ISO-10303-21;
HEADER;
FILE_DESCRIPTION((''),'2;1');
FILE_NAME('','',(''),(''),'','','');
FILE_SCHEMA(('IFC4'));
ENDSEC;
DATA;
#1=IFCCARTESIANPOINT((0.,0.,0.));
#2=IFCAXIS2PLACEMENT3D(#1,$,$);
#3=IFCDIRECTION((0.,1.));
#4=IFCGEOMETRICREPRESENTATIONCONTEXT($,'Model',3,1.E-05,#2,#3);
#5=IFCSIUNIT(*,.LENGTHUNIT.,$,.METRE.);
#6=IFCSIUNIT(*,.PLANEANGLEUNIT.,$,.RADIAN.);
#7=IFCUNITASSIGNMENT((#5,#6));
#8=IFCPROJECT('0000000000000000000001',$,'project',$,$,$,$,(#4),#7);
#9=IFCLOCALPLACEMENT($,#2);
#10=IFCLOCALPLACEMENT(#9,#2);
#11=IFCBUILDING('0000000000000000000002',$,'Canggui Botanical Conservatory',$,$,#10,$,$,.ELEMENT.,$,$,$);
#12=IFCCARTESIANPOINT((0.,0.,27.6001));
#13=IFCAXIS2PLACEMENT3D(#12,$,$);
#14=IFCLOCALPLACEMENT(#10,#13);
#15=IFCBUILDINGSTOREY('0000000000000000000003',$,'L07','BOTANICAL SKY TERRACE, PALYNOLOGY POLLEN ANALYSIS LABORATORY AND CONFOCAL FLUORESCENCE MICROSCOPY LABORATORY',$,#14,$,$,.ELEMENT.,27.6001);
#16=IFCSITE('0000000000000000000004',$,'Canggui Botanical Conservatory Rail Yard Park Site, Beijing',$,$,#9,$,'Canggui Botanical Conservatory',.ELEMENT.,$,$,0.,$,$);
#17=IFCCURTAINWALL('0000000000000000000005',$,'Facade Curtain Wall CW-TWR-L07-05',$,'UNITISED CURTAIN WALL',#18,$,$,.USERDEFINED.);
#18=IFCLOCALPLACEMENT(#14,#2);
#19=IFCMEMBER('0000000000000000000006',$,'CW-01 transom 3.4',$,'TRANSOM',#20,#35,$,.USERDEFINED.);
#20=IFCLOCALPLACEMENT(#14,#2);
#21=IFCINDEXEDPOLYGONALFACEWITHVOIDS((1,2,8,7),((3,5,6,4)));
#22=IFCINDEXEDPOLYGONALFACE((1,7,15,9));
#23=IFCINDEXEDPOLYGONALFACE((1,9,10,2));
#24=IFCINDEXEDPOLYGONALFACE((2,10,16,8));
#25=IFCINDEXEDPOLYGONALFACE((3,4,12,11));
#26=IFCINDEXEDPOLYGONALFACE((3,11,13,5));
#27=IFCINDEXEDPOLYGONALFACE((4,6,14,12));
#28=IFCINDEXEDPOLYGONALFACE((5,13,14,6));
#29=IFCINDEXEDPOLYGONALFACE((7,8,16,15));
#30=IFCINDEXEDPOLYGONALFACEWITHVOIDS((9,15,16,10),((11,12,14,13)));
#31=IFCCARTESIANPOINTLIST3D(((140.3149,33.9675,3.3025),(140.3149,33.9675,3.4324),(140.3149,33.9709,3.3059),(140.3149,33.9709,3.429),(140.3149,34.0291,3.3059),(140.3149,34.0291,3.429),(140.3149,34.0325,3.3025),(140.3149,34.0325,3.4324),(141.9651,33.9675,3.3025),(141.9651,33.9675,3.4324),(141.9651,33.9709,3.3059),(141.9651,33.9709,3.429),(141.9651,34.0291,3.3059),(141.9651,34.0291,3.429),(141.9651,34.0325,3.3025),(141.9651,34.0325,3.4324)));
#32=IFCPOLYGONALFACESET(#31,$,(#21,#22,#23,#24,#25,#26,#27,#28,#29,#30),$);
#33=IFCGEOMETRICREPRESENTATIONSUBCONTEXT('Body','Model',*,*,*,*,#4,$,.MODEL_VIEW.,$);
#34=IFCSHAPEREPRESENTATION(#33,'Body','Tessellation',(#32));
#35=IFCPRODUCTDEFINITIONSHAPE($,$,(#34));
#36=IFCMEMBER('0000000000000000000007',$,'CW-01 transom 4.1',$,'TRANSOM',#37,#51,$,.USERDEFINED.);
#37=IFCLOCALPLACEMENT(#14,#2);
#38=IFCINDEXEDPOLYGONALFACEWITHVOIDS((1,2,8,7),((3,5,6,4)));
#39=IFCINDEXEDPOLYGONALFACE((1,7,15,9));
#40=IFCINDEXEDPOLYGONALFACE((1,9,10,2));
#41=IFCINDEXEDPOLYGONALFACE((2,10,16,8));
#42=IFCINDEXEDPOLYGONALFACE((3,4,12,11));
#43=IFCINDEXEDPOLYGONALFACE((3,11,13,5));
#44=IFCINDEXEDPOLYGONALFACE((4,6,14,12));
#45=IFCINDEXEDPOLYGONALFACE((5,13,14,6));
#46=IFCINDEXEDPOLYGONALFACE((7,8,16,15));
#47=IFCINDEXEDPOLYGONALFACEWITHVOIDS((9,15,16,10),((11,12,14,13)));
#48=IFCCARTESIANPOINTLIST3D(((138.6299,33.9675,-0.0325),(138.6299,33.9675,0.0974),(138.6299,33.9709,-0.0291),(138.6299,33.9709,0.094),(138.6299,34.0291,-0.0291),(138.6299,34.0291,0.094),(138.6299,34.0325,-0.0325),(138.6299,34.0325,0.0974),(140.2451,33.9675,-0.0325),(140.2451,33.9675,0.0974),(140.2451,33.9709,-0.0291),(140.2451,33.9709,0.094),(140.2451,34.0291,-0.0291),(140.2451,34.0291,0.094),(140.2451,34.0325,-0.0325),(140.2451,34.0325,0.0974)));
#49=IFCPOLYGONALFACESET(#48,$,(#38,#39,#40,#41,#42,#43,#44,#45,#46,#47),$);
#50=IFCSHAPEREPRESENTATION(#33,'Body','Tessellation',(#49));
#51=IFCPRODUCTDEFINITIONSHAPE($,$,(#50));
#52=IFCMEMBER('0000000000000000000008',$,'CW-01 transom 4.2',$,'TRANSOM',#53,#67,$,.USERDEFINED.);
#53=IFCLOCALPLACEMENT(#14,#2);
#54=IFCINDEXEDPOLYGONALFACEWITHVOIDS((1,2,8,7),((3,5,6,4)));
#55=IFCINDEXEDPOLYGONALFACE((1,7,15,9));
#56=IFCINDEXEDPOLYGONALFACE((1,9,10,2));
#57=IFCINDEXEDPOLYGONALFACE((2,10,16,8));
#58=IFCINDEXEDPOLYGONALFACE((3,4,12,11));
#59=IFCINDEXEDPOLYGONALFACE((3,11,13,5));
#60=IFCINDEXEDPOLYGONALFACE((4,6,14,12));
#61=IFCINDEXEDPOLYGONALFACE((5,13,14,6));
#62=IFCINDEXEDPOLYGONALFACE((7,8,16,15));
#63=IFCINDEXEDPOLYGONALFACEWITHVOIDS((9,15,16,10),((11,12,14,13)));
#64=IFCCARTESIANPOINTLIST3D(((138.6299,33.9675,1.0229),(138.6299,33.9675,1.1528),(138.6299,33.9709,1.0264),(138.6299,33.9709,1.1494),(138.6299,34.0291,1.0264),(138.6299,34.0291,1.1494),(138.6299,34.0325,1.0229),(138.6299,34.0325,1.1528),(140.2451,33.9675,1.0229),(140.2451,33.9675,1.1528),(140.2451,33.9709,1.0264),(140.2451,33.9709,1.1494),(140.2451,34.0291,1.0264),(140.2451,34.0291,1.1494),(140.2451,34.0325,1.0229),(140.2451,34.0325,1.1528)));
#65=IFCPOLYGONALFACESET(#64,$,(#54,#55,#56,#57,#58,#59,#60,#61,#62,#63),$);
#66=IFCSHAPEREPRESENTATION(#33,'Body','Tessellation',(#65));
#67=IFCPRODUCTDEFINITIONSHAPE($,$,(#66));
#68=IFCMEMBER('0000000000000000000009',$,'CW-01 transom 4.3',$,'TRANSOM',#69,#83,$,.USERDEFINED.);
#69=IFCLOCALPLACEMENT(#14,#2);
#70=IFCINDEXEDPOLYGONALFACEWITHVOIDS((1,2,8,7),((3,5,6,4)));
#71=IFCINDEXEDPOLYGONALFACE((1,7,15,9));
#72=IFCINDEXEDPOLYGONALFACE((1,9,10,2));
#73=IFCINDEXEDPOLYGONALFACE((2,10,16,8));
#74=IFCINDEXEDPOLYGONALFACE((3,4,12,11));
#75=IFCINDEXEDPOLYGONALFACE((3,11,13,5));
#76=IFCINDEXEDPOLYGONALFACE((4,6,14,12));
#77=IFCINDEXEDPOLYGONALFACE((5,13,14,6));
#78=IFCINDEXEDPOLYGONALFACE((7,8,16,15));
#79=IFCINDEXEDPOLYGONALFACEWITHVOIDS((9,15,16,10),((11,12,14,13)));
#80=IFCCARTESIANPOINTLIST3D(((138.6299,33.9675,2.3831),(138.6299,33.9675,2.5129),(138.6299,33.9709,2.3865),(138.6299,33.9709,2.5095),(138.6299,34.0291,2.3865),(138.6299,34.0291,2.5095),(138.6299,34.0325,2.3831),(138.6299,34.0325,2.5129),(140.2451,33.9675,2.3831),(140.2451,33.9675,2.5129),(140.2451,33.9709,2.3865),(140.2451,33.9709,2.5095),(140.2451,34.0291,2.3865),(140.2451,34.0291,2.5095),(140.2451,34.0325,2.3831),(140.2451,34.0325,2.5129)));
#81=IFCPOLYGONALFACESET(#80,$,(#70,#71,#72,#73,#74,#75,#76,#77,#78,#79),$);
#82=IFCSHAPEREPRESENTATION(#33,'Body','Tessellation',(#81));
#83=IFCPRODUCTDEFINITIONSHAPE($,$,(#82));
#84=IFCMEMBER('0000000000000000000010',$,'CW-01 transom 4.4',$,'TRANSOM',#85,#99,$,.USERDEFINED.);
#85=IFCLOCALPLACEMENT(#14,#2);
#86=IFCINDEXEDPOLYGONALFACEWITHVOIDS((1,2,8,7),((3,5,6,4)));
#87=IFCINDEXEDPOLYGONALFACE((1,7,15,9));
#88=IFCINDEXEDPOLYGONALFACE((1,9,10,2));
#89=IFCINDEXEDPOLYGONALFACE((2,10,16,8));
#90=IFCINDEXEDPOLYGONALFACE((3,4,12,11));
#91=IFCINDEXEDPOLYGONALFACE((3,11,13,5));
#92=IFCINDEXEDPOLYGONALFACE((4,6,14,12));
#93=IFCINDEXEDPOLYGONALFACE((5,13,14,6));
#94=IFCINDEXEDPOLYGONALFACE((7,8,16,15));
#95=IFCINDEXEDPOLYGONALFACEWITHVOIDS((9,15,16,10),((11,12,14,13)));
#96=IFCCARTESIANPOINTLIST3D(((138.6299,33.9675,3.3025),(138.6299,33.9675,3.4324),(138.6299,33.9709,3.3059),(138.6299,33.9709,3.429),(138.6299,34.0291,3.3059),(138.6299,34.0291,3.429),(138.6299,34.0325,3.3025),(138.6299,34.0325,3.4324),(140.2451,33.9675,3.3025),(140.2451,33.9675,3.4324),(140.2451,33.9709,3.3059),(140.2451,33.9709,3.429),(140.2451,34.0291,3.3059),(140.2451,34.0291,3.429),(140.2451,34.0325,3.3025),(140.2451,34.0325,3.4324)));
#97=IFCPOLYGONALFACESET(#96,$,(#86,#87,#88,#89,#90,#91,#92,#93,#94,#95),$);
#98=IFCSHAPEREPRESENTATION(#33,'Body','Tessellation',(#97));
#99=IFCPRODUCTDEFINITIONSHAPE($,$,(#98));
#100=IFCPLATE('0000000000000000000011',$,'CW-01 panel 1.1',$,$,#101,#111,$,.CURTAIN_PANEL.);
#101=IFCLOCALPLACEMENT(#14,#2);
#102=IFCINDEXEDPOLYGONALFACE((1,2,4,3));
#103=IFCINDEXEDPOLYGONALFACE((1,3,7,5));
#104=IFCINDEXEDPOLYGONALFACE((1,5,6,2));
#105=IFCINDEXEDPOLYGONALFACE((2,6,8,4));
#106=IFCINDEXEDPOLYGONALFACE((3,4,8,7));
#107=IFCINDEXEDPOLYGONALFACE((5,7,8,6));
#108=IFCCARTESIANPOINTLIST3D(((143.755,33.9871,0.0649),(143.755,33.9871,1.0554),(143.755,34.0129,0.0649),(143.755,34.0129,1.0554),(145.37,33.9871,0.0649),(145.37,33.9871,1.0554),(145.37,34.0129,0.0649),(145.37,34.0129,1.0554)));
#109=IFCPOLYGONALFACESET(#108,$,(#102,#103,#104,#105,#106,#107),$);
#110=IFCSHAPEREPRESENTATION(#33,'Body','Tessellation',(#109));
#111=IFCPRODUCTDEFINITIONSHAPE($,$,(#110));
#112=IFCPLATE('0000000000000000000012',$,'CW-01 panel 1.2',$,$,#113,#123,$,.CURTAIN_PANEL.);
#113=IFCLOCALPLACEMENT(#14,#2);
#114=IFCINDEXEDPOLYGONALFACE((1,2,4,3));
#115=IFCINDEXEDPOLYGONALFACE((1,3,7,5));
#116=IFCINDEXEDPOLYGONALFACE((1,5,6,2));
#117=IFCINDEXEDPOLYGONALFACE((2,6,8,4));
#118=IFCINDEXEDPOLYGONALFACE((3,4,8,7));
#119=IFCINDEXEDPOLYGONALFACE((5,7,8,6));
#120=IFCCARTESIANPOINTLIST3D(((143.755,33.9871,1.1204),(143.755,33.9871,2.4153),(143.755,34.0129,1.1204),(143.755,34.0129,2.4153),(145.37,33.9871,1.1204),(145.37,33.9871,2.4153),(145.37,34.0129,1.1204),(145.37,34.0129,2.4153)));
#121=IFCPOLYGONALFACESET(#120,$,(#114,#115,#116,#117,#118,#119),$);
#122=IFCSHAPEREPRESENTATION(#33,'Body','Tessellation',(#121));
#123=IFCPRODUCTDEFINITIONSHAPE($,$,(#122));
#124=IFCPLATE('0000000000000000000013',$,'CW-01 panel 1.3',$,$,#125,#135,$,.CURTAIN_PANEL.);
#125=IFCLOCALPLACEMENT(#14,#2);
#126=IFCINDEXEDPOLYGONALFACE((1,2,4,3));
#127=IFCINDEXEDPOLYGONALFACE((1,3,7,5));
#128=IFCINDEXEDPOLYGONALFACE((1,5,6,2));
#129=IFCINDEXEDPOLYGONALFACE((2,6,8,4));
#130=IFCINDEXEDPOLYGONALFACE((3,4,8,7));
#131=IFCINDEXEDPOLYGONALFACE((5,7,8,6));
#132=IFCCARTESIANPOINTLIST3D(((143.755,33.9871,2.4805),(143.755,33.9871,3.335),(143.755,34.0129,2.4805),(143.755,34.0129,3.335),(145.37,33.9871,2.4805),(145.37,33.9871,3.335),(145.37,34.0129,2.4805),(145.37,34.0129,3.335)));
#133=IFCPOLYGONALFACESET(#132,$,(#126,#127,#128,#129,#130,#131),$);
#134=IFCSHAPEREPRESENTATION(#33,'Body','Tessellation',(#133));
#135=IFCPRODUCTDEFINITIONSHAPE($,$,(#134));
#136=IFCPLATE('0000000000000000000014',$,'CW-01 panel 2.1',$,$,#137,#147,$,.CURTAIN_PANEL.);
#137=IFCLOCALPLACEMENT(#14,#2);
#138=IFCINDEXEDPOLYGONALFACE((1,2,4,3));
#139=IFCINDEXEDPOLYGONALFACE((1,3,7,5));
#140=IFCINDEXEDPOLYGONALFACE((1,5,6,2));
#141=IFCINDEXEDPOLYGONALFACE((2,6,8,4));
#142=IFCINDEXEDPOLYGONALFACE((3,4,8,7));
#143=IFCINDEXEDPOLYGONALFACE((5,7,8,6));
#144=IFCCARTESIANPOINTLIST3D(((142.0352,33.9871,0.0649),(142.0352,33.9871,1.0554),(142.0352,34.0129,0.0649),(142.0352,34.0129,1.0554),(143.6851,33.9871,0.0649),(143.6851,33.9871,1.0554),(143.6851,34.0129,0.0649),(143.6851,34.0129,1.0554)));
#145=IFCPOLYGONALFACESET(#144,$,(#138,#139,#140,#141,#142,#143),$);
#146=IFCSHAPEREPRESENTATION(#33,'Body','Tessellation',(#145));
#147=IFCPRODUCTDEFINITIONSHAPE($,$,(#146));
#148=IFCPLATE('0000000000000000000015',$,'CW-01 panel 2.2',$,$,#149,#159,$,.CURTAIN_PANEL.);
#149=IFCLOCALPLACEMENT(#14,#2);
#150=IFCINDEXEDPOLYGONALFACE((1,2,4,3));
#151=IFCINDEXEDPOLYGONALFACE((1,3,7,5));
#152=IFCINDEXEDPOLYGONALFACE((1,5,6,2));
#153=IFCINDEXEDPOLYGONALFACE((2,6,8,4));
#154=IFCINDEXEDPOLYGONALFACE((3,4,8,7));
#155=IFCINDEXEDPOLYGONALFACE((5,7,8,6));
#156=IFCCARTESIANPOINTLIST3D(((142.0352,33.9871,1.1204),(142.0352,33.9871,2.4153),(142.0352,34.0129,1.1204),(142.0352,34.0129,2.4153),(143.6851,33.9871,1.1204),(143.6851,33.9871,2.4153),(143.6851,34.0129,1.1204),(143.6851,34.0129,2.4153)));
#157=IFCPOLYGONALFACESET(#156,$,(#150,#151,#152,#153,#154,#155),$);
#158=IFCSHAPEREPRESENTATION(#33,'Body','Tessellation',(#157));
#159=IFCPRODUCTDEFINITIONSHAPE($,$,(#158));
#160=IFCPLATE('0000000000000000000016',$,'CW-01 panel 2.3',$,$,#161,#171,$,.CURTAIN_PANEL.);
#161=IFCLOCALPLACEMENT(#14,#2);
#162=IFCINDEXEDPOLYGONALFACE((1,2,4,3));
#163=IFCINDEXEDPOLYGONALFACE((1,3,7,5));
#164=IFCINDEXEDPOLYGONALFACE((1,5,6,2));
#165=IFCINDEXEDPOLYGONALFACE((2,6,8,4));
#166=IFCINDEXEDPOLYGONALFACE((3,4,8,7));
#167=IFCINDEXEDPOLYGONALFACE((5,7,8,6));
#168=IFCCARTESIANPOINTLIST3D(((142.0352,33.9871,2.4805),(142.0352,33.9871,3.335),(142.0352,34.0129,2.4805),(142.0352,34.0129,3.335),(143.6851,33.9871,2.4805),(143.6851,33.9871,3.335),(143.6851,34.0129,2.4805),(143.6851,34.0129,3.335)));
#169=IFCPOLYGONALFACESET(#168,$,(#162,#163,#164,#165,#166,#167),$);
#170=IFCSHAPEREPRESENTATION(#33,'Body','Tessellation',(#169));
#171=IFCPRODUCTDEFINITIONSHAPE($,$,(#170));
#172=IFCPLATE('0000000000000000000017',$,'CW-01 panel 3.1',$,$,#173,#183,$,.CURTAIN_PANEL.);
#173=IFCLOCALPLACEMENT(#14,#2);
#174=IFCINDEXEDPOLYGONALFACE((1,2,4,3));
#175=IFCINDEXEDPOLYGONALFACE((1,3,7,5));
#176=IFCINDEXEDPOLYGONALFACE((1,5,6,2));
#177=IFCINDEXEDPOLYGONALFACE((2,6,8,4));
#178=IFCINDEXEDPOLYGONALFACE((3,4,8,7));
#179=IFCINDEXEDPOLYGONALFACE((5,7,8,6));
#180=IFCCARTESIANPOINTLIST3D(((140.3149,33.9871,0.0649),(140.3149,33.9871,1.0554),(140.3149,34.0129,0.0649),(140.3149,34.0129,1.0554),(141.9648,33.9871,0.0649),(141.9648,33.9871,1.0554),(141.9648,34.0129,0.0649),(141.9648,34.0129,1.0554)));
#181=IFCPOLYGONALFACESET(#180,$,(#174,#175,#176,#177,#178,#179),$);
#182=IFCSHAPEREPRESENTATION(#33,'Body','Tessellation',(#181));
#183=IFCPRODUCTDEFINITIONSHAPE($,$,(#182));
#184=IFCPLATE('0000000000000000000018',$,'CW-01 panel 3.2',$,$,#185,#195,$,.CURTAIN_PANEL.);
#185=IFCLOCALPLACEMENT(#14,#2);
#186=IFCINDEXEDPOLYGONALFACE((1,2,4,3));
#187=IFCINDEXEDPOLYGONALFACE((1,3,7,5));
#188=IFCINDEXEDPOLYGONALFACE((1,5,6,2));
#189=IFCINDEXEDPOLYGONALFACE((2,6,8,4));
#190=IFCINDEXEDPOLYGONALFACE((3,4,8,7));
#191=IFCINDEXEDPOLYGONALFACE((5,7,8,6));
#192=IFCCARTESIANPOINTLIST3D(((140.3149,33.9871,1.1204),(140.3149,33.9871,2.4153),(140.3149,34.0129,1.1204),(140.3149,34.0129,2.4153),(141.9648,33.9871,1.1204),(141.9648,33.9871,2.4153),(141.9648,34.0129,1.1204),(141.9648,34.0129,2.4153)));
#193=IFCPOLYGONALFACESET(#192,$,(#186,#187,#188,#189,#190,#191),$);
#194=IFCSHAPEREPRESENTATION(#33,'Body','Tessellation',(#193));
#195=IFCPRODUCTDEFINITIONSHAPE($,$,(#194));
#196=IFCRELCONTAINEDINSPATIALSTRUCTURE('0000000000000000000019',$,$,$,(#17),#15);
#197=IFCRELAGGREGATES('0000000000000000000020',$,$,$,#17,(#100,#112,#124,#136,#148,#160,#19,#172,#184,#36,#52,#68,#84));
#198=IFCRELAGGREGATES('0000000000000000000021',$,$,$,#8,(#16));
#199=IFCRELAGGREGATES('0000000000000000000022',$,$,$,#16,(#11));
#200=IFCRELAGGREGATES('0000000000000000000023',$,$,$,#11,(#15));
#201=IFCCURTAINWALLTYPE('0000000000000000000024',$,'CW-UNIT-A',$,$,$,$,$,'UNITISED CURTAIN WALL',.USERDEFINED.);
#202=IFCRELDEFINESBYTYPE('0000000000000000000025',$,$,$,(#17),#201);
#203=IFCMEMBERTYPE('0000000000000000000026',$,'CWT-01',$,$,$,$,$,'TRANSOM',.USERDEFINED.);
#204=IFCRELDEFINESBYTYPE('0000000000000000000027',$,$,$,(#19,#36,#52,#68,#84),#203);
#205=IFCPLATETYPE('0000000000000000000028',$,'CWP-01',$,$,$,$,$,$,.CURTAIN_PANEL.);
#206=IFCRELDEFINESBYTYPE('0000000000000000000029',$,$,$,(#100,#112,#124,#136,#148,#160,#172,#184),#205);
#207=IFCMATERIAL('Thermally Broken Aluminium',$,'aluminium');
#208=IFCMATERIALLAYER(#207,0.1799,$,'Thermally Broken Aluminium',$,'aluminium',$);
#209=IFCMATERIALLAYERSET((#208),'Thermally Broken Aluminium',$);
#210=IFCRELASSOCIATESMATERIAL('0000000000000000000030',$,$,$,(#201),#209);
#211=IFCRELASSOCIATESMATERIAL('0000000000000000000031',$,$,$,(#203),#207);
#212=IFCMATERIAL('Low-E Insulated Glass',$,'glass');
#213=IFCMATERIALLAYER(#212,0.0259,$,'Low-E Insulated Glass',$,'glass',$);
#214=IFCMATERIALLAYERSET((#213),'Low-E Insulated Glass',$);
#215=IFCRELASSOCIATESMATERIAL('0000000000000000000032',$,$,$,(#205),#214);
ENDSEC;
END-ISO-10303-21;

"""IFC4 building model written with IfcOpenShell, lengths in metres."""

from ifc_helpers import new_model, si_unit, direction, frame, origin, origin_2d, place, context, subcontext, project, spatial, rectangle, hollow_rectangle, extrude, material, layer, layer_set, material_profile, profile_set, type_object, element, aggregate, save


model = new_model("IFC4")

# Units and contexts
model_context = context("Model", 3, precision=1e-05, world=origin(), true_north=direction((0.0, 1.0)))
body_context = subcontext(model_context, "Body", "Model", "MODEL_VIEW")
ifc_project = project(units=[si_unit("LENGTHUNIT", "METRE"), si_unit("PLANEANGLEUNIT", "RADIAN")], contexts=[model_context])

# Site, building, storey
site_placement = place(None, origin())
site = spatial("IfcSite", under=ifc_project, at=site_placement, Name="Canggui Botanical Conservatory Rail Yard Park Site, Beijing", LongName="Canggui Botanical Conservatory", CompositionType="ELEMENT", RefElevation=0.0)
building_placement = place(site_placement, origin())
building = spatial("IfcBuilding", under=site, at=building_placement, Name="Canggui Botanical Conservatory", CompositionType="ELEMENT")
storey_placement = place(building_placement, frame((0.0, 0.0, 27.6001)))
storey = spatial("IfcBuildingStorey", under=building, at=storey_placement, Name="L07", Description="BOTANICAL SKY TERRACE, PALYNOLOGY POLLEN ANALYSIS LABORATORY AND CONFOCAL FLUORESCENCE MICROSCOPY LABORATORY", CompositionType="ELEMENT", Elevation=27.6001)

# Curtain wall, members, plates
ifc_material_1 = material(Name="Thermally Broken Aluminium", Category="aluminium")
ifc_layer_1 = layer(ifc_material_1, 0.1799, Name="Thermally Broken Aluminium", Category="aluminium")
ifc_layer_set_1 = layer_set([ifc_layer_1], Name="Thermally Broken Aluminium")
curtain_wall_type = type_object("IfcCurtainWallType", Name="CW-UNIT-A", ElementType="UNITISED CURTAIN WALL", PredefinedType="USERDEFINED", material=ifc_layer_set_1)
curtain_wall_placement = place(storey_placement, origin())
curtain_wall = element("IfcCurtainWall", 1, at=curtain_wall_placement, inside=storey, type_object=curtain_wall_type, Name="Facade Curtain Wall CW-TWR-L07-05", ObjectType="UNITISED CURTAIN WALL", PredefinedType="USERDEFINED")
ifc_material_profile_1 = material_profile(ifc_material_1, hollow_rectangle(XDim=0.0649, YDim=0.1299, WallThickness=0.0034, at=origin_2d()), Name="CWT 65x130x3.5")
ifc_profile_set_1 = profile_set([ifc_material_profile_1], Name="Thermally Broken Aluminium")
member_type_1 = type_object("IfcMemberType", Name="CWT-01", ElementType="TRANSOM", PredefinedType="USERDEFINED", material=ifc_profile_set_1)
member_1_placement = place(storey_placement, frame((141.9651, 34.0, 3.3674), z_axis=(-1.0, 0.0, 0.0), x_axis=(0.0, -1.0, 0.0)))
member_1 = element("IfcMember", 2, at=member_1_placement, type_object=member_type_1, Name="CW-01 transom 3.4", ObjectType="TRANSOM", PredefinedType="USERDEFINED", context=body_context, shape_type="SweptSolid", body=[
    extrude(hollow_rectangle(XDim=0.0649, YDim=0.1299, WallThickness=0.0034, at=origin_2d()), origin(), (0.0, 0.0, 1.0), 1.6501),
])
member_2_placement = place(storey_placement, frame((140.2451, 34.0, 0.0325), z_axis=(-1.0, 0.0, 0.0), x_axis=(0.0, -1.0, 0.0)))
member_2 = element("IfcMember", 3, at=member_2_placement, type_object=member_type_1, Name="CW-01 transom 4.1", ObjectType="TRANSOM", PredefinedType="USERDEFINED", context=body_context, shape_type="SweptSolid", body=[
    extrude(hollow_rectangle(XDim=0.0649, YDim=0.1299, WallThickness=0.0034, at=origin_2d()), origin(), (0.0, 0.0, 1.0), 1.6152),
])
member_3_placement = place(storey_placement, frame((140.2451, 34.0, 1.0879), z_axis=(-1.0, 0.0, 0.0), x_axis=(0.0, -1.0, 0.0)))
member_3 = element("IfcMember", 4, at=member_3_placement, type_object=member_type_1, Name="CW-01 transom 4.2", ObjectType="TRANSOM", PredefinedType="USERDEFINED", context=body_context, shape_type="SweptSolid", body=[
    extrude(hollow_rectangle(XDim=0.0649, YDim=0.1299, WallThickness=0.0034, at=origin_2d()), origin(), (0.0, 0.0, 1.0), 1.6152),
])
member_4_placement = place(storey_placement, frame((140.2451, 34.0, 2.448), z_axis=(-1.0, 0.0, 0.0), x_axis=(0.0, -1.0, 0.0)))
member_4 = element("IfcMember", 5, at=member_4_placement, type_object=member_type_1, Name="CW-01 transom 4.3", ObjectType="TRANSOM", PredefinedType="USERDEFINED", context=body_context, shape_type="SweptSolid", body=[
    extrude(hollow_rectangle(XDim=0.0649, YDim=0.1299, WallThickness=0.0034, at=origin_2d()), origin(), (0.0, 0.0, 1.0), 1.6152),
])
member_5_placement = place(storey_placement, frame((140.2451, 34.0, 3.3674), z_axis=(-1.0, 0.0, 0.0), x_axis=(0.0, -1.0, 0.0)))
member_5 = element("IfcMember", 6, at=member_5_placement, type_object=member_type_1, Name="CW-01 transom 4.4", ObjectType="TRANSOM", PredefinedType="USERDEFINED", context=body_context, shape_type="SweptSolid", body=[
    extrude(hollow_rectangle(XDim=0.0649, YDim=0.1299, WallThickness=0.0034, at=origin_2d()), origin(), (0.0, 0.0, 1.0), 1.6152),
])
ifc_material_2 = material(Name="Low-E Insulated Glass", Category="glass")
ifc_layer_2 = layer(ifc_material_2, 0.0259, Name="Low-E Insulated Glass", Category="glass")
ifc_layer_set_2 = layer_set([ifc_layer_2], Name="Low-E Insulated Glass")
plate_type = type_object("IfcPlateType", Name="CWP-01", PredefinedType="CURTAIN_PANEL", material=ifc_layer_set_2)
plate_1_placement = place(storey_placement, frame((144.5625, 34.0, 0.0649), z_axis=(0.0, 0.0, 1.0), x_axis=(-1.0, 0.0, 0.0)))
plate_1 = element("IfcPlate", 7, at=plate_1_placement, type_object=plate_type, Name="CW-01 panel 1.1", PredefinedType="CURTAIN_PANEL", context=body_context, shape_type="SweptSolid", body=[
    extrude(rectangle(XDim=1.615, YDim=0.0259, at=origin_2d()), origin(), (0.0, 0.0, 1.0), 0.9905),
])
plate_2_placement = place(storey_placement, frame((144.5625, 34.0, 1.1204), z_axis=(0.0, 0.0, 1.0), x_axis=(-1.0, 0.0, 0.0)))
plate_2 = element("IfcPlate", 8, at=plate_2_placement, type_object=plate_type, Name="CW-01 panel 1.2", PredefinedType="CURTAIN_PANEL", context=body_context, shape_type="SweptSolid", body=[
    extrude(rectangle(XDim=1.615, YDim=0.0259, at=origin_2d()), origin(), (0.0, 0.0, 1.0), 1.2949),
])
plate_3_placement = place(storey_placement, frame((144.5625, 34.0, 2.4805), z_axis=(0.0, 0.0, 1.0), x_axis=(-1.0, 0.0, 0.0)))
plate_3 = element("IfcPlate", 9, at=plate_3_placement, type_object=plate_type, Name="CW-01 panel 1.3", PredefinedType="CURTAIN_PANEL", context=body_context, shape_type="SweptSolid", body=[
    extrude(rectangle(XDim=1.615, YDim=0.0259, at=origin_2d()), origin(), (0.0, 0.0, 1.0), 0.8545),
])
plate_4_placement = place(storey_placement, frame((142.8601, 34.0, 0.0649), z_axis=(0.0, 0.0, 1.0), x_axis=(-1.0, 0.0, 0.0)))
plate_4 = element("IfcPlate", 10, at=plate_4_placement, type_object=plate_type, Name="CW-01 panel 2.1", PredefinedType="CURTAIN_PANEL", context=body_context, shape_type="SweptSolid", body=[
    extrude(rectangle(XDim=1.6499, YDim=0.0259, at=origin_2d()), origin(), (0.0, 0.0, 1.0), 0.9905),
])
plate_5_placement = place(storey_placement, frame((142.8601, 34.0, 1.1204), z_axis=(0.0, 0.0, 1.0), x_axis=(-1.0, 0.0, 0.0)))
plate_5 = element("IfcPlate", 11, at=plate_5_placement, type_object=plate_type, Name="CW-01 panel 2.2", PredefinedType="CURTAIN_PANEL", context=body_context, shape_type="SweptSolid", body=[
    extrude(rectangle(XDim=1.6499, YDim=0.0259, at=origin_2d()), origin(), (0.0, 0.0, 1.0), 1.2949),
])
plate_6_placement = place(storey_placement, frame((142.8601, 34.0, 2.4805), z_axis=(0.0, 0.0, 1.0), x_axis=(-1.0, 0.0, 0.0)))
plate_6 = element("IfcPlate", 12, at=plate_6_placement, type_object=plate_type, Name="CW-01 panel 2.3", PredefinedType="CURTAIN_PANEL", context=body_context, shape_type="SweptSolid", body=[
    extrude(rectangle(XDim=1.6499, YDim=0.0259, at=origin_2d()), origin(), (0.0, 0.0, 1.0), 0.8545),
])
plate_7_placement = place(storey_placement, frame((141.1399, 34.0, 0.0649), z_axis=(0.0, 0.0, 1.0), x_axis=(-1.0, 0.0, 0.0)))
plate_7 = element("IfcPlate", 13, at=plate_7_placement, type_object=plate_type, Name="CW-01 panel 3.1", PredefinedType="CURTAIN_PANEL", context=body_context, shape_type="SweptSolid", body=[
    extrude(rectangle(XDim=1.6499, YDim=0.0259, at=origin_2d()), origin(), (0.0, 0.0, 1.0), 0.9905),
])
plate_8_placement = place(storey_placement, frame((141.1399, 34.0, 1.1204), z_axis=(0.0, 0.0, 1.0), x_axis=(-1.0, 0.0, 0.0)))
plate_8 = element("IfcPlate", 14, at=plate_8_placement, type_object=plate_type, Name="CW-01 panel 3.2", PredefinedType="CURTAIN_PANEL", context=body_context, shape_type="SweptSolid", body=[
    extrude(rectangle(XDim=1.6499, YDim=0.0259, at=origin_2d()), origin(), (0.0, 0.0, 1.0), 1.2949),
])
aggregate(curtain_wall, [plate_1, plate_2, plate_3, plate_4, plate_5, plate_6, member_1, plate_7, plate_8, member_2, member_3, member_4, member_5])

save(model, "model.ifc")
